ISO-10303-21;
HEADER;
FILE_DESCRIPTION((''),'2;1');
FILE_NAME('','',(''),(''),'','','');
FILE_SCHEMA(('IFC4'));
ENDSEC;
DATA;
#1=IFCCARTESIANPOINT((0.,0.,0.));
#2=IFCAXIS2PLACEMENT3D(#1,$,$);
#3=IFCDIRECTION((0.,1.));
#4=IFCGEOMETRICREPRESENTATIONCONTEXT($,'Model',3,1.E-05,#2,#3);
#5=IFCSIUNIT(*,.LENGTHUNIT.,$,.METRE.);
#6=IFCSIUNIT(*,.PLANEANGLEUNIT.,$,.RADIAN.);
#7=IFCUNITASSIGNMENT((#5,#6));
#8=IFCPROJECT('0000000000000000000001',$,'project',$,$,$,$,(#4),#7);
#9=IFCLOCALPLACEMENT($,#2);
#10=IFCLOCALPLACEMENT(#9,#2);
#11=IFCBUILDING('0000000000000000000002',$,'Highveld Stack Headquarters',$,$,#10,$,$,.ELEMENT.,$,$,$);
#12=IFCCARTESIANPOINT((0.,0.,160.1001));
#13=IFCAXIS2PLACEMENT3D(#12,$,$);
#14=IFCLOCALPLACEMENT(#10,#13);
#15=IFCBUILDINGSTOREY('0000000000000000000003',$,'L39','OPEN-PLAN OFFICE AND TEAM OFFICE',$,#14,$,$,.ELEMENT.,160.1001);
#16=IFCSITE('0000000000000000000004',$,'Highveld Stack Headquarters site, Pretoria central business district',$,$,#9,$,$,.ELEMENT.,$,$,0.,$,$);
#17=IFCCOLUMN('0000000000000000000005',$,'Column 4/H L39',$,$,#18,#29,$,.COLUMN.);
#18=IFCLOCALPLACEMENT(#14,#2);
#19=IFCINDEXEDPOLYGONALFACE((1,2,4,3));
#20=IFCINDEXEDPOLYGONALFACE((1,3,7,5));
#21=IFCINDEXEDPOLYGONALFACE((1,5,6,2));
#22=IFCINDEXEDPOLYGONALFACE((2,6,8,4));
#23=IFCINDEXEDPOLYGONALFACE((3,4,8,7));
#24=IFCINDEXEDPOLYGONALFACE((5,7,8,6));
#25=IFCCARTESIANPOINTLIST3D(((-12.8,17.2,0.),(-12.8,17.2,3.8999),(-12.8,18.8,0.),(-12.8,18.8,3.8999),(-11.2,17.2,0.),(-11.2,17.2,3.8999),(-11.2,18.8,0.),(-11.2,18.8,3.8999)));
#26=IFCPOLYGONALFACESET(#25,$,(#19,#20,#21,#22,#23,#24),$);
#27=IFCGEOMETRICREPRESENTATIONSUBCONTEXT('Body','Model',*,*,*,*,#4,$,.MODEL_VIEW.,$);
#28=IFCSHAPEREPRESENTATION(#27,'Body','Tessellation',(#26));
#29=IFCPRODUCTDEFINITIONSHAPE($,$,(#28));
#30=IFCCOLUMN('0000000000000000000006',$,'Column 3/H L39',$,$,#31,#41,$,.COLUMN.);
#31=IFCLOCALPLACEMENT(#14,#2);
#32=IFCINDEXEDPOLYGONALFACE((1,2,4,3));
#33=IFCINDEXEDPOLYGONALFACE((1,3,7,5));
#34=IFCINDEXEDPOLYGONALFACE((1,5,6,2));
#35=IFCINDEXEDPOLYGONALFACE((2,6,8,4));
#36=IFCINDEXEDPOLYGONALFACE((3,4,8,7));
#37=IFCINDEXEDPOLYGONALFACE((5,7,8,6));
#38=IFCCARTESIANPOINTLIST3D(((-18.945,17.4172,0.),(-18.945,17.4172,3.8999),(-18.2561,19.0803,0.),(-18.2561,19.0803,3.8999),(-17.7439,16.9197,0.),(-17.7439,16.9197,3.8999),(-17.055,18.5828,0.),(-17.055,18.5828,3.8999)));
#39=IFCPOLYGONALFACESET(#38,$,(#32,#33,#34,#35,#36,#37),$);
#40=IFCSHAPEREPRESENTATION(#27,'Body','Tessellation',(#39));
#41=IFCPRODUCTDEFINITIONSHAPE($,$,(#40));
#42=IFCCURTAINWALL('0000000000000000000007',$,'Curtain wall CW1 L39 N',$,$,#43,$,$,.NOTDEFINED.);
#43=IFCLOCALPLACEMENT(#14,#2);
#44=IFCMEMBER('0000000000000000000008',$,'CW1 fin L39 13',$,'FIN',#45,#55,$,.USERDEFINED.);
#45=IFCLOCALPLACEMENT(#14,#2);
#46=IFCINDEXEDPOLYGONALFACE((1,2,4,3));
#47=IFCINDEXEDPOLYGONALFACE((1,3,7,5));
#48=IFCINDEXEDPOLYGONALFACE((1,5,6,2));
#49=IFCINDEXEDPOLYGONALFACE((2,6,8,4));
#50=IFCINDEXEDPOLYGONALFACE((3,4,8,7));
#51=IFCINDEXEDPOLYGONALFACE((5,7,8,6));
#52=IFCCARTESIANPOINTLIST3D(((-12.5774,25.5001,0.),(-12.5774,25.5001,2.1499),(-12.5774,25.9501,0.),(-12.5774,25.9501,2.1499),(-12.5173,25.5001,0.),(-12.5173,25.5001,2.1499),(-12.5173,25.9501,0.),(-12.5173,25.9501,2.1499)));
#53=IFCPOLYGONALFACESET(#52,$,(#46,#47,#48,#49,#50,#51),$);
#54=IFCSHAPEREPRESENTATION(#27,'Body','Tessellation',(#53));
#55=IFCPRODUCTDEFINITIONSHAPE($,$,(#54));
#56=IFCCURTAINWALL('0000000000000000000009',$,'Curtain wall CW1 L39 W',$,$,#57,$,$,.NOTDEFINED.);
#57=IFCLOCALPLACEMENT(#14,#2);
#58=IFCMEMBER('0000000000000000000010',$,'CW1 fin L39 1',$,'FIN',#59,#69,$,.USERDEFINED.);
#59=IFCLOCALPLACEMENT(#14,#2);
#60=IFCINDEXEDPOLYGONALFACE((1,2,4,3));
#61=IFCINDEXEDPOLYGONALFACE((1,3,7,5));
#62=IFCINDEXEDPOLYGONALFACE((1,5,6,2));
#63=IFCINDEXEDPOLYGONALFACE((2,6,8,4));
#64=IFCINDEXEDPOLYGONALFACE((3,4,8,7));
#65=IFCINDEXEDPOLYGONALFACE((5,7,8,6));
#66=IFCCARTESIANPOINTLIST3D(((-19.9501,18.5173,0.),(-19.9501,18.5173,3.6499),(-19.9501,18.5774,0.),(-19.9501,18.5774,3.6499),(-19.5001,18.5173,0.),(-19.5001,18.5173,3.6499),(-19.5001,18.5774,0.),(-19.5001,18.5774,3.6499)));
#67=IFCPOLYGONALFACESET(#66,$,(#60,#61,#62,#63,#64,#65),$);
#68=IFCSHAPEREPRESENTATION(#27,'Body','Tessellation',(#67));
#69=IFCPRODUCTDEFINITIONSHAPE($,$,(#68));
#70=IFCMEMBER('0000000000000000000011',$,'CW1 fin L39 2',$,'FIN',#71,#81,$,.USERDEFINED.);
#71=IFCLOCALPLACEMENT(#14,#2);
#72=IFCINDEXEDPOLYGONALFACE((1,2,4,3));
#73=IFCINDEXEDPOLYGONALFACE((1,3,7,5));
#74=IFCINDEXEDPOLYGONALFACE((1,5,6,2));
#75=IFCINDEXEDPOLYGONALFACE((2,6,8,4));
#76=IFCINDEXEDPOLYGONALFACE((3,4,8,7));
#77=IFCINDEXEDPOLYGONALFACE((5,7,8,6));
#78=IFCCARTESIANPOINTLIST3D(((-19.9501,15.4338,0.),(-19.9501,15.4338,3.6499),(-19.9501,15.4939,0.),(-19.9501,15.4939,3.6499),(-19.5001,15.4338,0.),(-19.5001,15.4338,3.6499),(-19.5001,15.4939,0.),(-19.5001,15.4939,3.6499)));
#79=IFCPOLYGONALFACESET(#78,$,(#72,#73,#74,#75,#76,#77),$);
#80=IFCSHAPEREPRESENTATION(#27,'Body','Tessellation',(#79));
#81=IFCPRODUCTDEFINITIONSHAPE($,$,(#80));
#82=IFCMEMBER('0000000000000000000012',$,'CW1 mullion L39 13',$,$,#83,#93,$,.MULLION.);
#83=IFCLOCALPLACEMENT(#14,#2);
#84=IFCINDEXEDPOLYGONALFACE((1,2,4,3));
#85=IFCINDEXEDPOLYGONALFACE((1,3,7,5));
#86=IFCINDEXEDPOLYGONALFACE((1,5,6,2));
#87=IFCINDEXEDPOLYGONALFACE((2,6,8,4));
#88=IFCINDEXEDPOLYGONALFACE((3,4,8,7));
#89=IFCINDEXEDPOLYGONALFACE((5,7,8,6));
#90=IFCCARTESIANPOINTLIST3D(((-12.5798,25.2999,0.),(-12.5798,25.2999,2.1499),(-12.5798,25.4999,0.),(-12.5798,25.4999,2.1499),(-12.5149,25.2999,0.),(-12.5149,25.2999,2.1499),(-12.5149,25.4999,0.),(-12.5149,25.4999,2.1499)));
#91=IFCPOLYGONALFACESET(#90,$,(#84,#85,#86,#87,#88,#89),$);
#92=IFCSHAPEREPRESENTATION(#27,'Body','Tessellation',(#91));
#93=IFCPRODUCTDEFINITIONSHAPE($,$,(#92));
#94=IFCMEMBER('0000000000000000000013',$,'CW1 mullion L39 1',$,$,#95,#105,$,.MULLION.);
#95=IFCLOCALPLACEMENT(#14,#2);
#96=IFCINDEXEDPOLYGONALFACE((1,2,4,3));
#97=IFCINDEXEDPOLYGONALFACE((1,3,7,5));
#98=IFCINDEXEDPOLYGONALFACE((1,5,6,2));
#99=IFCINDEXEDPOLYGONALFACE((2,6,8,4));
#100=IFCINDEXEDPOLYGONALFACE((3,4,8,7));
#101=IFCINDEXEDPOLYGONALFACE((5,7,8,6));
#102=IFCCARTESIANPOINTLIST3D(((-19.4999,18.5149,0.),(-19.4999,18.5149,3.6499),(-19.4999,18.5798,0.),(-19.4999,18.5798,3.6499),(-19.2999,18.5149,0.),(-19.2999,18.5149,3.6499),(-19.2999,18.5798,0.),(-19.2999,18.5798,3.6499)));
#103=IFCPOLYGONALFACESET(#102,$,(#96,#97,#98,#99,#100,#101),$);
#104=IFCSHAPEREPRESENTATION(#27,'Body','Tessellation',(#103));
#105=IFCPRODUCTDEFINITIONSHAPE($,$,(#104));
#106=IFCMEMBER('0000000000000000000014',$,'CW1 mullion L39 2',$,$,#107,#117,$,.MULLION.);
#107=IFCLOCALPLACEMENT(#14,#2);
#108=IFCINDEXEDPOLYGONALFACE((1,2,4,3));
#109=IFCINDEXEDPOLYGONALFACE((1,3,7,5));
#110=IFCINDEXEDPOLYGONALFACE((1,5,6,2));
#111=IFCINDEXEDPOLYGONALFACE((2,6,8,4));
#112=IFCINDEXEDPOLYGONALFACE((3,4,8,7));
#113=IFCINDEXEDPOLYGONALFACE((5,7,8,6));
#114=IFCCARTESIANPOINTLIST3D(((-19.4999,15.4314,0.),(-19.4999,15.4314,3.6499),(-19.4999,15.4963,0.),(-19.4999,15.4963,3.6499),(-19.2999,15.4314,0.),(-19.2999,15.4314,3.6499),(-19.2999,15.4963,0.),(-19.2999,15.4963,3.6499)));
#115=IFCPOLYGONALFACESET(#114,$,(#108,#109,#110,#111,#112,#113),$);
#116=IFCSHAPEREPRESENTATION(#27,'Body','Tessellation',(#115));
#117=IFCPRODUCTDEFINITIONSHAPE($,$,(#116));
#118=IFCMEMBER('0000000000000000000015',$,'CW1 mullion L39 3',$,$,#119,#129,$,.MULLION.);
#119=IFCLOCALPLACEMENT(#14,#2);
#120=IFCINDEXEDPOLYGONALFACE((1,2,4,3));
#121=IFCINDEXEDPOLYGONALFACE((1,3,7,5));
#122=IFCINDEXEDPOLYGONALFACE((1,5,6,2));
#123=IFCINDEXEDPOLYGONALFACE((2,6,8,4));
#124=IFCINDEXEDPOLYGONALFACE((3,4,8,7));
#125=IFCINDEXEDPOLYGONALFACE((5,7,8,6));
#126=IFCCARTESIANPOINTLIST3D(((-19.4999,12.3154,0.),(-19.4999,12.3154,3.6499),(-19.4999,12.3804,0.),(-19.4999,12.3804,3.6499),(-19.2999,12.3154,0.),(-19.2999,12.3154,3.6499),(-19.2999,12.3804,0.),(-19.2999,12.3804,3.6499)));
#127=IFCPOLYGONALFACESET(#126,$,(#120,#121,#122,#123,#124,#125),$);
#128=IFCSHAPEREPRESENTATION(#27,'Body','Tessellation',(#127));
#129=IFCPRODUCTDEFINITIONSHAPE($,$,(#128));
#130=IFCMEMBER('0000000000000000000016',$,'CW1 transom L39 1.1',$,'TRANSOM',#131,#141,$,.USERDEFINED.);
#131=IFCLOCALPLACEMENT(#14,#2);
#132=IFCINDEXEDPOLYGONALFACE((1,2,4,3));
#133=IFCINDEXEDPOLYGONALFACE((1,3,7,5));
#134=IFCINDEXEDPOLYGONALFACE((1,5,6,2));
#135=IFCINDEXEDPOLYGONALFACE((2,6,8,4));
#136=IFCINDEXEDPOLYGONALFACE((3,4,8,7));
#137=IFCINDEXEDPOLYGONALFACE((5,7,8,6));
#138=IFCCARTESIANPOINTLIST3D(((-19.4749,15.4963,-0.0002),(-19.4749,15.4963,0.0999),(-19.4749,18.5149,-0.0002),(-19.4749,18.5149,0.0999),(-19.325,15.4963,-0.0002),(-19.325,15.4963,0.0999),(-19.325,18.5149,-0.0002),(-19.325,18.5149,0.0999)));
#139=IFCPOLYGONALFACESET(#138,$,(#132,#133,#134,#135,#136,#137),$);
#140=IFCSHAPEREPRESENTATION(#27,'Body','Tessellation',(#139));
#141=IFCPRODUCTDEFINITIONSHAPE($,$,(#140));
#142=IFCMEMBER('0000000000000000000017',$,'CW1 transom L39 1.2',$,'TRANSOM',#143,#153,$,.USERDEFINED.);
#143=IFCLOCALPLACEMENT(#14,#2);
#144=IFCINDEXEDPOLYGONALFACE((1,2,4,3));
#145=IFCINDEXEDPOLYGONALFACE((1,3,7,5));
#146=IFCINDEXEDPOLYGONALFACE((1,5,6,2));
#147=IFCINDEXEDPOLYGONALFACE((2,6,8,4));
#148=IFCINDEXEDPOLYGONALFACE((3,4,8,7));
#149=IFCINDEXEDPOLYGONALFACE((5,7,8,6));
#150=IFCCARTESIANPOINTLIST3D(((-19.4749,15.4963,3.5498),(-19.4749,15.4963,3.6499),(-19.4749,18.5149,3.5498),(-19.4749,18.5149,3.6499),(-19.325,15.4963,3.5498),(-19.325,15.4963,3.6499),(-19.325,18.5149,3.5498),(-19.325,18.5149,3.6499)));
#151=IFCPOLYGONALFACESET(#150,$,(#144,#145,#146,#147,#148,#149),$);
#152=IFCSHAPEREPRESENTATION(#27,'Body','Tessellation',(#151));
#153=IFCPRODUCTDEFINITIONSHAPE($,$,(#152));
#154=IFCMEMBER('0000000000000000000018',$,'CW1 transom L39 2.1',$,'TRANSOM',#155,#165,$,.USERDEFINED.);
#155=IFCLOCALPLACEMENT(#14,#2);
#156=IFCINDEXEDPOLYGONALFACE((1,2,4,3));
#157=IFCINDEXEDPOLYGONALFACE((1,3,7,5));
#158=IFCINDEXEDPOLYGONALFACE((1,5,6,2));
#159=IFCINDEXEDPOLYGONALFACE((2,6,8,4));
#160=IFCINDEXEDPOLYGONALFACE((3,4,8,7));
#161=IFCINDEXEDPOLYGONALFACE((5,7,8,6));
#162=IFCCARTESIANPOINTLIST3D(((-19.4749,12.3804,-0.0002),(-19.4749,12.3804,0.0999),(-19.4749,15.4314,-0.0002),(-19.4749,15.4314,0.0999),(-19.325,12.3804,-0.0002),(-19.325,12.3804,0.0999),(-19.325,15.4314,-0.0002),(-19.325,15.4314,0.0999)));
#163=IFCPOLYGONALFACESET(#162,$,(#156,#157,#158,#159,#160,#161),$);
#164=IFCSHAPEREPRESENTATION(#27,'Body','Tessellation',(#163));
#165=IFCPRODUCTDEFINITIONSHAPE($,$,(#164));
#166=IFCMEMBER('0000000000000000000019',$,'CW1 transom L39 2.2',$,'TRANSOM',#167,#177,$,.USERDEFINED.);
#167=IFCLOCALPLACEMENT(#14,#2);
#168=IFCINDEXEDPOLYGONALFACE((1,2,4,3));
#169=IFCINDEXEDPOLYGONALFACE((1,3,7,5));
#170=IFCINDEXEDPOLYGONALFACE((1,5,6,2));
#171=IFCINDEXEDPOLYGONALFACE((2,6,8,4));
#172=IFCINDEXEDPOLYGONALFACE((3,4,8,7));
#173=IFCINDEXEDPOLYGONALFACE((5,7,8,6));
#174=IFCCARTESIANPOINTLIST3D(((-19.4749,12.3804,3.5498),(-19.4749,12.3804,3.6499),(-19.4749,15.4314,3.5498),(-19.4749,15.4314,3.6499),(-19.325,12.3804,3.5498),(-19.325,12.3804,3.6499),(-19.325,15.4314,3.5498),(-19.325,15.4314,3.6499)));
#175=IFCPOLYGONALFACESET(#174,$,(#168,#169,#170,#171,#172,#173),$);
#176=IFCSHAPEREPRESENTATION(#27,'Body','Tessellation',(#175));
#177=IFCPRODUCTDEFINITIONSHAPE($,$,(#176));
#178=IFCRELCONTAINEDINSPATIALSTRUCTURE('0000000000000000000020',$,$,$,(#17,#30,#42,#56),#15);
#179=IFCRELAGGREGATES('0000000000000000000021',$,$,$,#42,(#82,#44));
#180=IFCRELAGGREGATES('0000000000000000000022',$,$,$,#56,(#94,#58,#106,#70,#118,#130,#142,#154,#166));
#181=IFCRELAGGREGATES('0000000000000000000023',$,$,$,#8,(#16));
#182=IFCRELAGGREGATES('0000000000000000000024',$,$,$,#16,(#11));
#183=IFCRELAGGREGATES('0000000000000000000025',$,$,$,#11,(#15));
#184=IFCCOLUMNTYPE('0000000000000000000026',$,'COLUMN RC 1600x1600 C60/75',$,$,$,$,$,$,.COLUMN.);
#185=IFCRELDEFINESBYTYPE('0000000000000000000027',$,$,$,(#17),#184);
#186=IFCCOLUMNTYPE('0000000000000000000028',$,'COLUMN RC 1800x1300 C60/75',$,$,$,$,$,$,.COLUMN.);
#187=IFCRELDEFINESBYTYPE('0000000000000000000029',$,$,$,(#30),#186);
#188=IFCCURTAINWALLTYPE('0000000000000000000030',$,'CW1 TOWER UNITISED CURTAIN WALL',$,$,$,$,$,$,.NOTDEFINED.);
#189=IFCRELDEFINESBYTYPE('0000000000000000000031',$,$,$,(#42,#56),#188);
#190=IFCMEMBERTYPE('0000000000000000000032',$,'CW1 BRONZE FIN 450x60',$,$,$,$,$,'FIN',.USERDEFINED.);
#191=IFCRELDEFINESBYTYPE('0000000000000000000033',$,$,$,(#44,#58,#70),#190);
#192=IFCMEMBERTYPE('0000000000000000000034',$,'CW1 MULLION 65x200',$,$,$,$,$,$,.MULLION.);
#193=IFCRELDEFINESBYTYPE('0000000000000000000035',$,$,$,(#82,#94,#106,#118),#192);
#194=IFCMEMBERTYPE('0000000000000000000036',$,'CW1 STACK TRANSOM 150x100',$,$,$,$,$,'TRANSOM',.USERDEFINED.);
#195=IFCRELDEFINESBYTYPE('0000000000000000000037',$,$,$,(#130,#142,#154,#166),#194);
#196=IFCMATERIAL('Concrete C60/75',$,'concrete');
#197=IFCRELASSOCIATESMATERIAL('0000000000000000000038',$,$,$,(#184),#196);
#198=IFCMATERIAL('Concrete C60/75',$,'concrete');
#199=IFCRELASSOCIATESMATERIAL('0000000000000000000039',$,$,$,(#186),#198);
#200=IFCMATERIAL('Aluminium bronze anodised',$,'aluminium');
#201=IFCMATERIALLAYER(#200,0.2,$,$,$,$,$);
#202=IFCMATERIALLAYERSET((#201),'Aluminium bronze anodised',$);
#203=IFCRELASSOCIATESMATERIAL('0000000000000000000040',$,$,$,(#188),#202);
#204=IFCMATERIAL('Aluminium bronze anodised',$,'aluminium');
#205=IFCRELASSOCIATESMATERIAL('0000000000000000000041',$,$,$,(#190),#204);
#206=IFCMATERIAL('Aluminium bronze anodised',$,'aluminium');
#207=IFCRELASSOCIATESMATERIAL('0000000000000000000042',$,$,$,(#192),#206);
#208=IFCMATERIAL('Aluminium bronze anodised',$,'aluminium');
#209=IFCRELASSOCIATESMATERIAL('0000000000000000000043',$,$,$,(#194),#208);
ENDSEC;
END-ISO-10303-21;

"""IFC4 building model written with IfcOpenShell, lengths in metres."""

from ifc_helpers import new_model, si_unit, direction, frame, origin, origin_2d, place, context, subcontext, project, spatial, rectangle, extrude, material, layer, layer_set, material_profile, profile_set, type_object, element, aggregate, save


model = new_model("IFC4")

# Units and contexts
model_context = context("Model", 3, precision=1e-05, world=origin(), true_north=direction((0.0, 1.0)))
body_context = subcontext(model_context, "Body", "Model", "MODEL_VIEW")
ifc_project = project(units=[si_unit("LENGTHUNIT", "METRE"), si_unit("PLANEANGLEUNIT", "RADIAN")], contexts=[model_context])

# Site, building, storey
site_placement = place(None, origin())
site = spatial("IfcSite", under=ifc_project, at=site_placement, Name="Highveld Stack Headquarters site, Pretoria central business district", CompositionType="ELEMENT", RefElevation=0.0)
building_placement = place(site_placement, origin())
building = spatial("IfcBuilding", under=site, at=building_placement, Name="Highveld Stack Headquarters", CompositionType="ELEMENT")
storey_placement = place(building_placement, frame((0.0, 0.0, 160.1001)))
storey = spatial("IfcBuildingStorey", under=building, at=storey_placement, Name="L39", Description="OPEN-PLAN OFFICE AND TEAM OFFICE", CompositionType="ELEMENT", Elevation=160.1001)

# Columns
ifc_material_1 = material(Name="Concrete C60/75", Category="concrete")
ifc_material_profile_1 = material_profile(ifc_material_1, rectangle(XDim=1.6001, YDim=1.6001, at=origin_2d()), Name="RC 1600x1600")
ifc_profile_set_1 = profile_set([ifc_material_profile_1], Name="Concrete C60/75")
column_type_1 = type_object("IfcColumnType", Name="COLUMN RC 1600x1600 C60/75", PredefinedType="COLUMN", material=ifc_profile_set_1)
column_1_placement = place(storey_placement, frame((-12.0, 18.0, 0.0), z_axis=(0.0, 0.0, 1.0), x_axis=(1.0, 0.0, 0.0)))
element("IfcColumn", 1, at=column_1_placement, inside=storey, type_object=column_type_1, Name="Column 4/H L39", PredefinedType="COLUMN", context=body_context, shape_type="SweptSolid", body=[
    extrude(rectangle(XDim=1.6001, YDim=1.6001, at=origin_2d()), origin(), (0.0, 0.0, 1.0), 3.8999),
])
ifc_material_2 = material(Name="Concrete C60/75", Category="concrete")
ifc_material_profile_2 = material_profile(ifc_material_2, rectangle(XDim=1.8, YDim=1.3, at=origin_2d()), Name="RC 1800x1300")
ifc_profile_set_2 = profile_set([ifc_material_profile_2], Name="Concrete C60/75")
column_type_2 = type_object("IfcColumnType", Name="COLUMN RC 1800x1300 C60/75", PredefinedType="COLUMN", material=ifc_profile_set_2)
column_2_placement = place(storey_placement, frame((-18.0, 18.0, 0.0), z_axis=(0.0, 0.0, 1.0), x_axis=(0.382683, 0.92388, 0.0)))
element("IfcColumn", 2, at=column_2_placement, inside=storey, type_object=column_type_2, Name="Column 3/H L39", PredefinedType="COLUMN", context=body_context, shape_type="SweptSolid", body=[
    extrude(rectangle(XDim=1.8, YDim=1.3, at=origin_2d()), origin(), (0.0, 0.0, 1.0), 3.8999),
])

# Curtain wall, member
ifc_material_3 = material(Name="Aluminium bronze anodised", Category="aluminium")
ifc_layer_1 = layer(ifc_material_3, 0.2)
ifc_layer_set_1 = layer_set([ifc_layer_1], Name="Aluminium bronze anodised")
curtain_wall_type_1 = type_object("IfcCurtainWallType", Name="CW1 TOWER UNITISED CURTAIN WALL", PredefinedType="NOTDEFINED", material=ifc_layer_set_1)
curtain_wall_1_placement = place(storey_placement, origin())
curtain_wall_1 = element("IfcCurtainWall", 3, at=curtain_wall_1_placement, inside=storey, type_object=curtain_wall_type_1, Name="Curtain wall CW1 L39 N", PredefinedType="NOTDEFINED")
ifc_material_4 = material(Name="Aluminium bronze anodised", Category="aluminium")
ifc_material_profile_3 = material_profile(ifc_material_4, rectangle(XDim=0.45, YDim=0.0601, at=origin_2d()), Name="FIN 450x60")
ifc_profile_set_3 = profile_set([ifc_material_profile_3], Name="Aluminium bronze anodised")
member_type_1 = type_object("IfcMemberType", Name="CW1 BRONZE FIN 450x60", ElementType="FIN", PredefinedType="USERDEFINED", material=ifc_profile_set_3)
member_1_placement = place(storey_placement, frame((-12.5474, 25.7251, 0.0), z_axis=(0.0, 0.0, 1.0), x_axis=(0.0, -1.0, 0.0)))
member_1 = element("IfcMember", 4, at=member_1_placement, type_object=member_type_1, Name="CW1 fin L39 13", ObjectType="FIN", PredefinedType="USERDEFINED", context=body_context, shape_type="SweptSolid", body=[
    extrude(rectangle(XDim=0.45, YDim=0.0601, at=origin_2d()), origin(), (0.0, 0.0, 1.0), 2.1499),
])

# Curtain wall, members
curtain_wall_2_placement = place(storey_placement, origin())
curtain_wall_2 = element("IfcCurtainWall", 5, at=curtain_wall_2_placement, inside=storey, type_object=curtain_wall_type_1, Name="Curtain wall CW1 L39 W", PredefinedType="NOTDEFINED")
member_2_placement = place(storey_placement, frame((-19.7251, 18.5474, 0.0), z_axis=(0.0, 0.0, 1.0), x_axis=(1.0, 0.0, 0.0)))
member_2 = element("IfcMember", 6, at=member_2_placement, type_object=member_type_1, Name="CW1 fin L39 1", ObjectType="FIN", PredefinedType="USERDEFINED", context=body_context, shape_type="SweptSolid", body=[
    extrude(rectangle(XDim=0.45, YDim=0.0601, at=origin_2d()), origin(), (0.0, 0.0, 1.0), 3.6499),
])
member_3_placement = place(storey_placement, frame((-19.7251, 15.4639, 0.0), z_axis=(0.0, 0.0, 1.0), x_axis=(1.0, 0.0, 0.0)))
member_3 = element("IfcMember", 7, at=member_3_placement, type_object=member_type_1, Name="CW1 fin L39 2", ObjectType="FIN", PredefinedType="USERDEFINED", context=body_context, shape_type="SweptSolid", body=[
    extrude(rectangle(XDim=0.45, YDim=0.0601, at=origin_2d()), origin(), (0.0, 0.0, 1.0), 3.6499),
])

# Members
ifc_material_5 = material(Name="Aluminium bronze anodised", Category="aluminium")
ifc_material_profile_4 = material_profile(ifc_material_5, rectangle(XDim=0.2, YDim=0.0649, at=origin_2d()), Name="CW1 MULLION 65x200")
ifc_profile_set_4 = profile_set([ifc_material_profile_4], Name="Aluminium bronze anodised")
member_type_2 = type_object("IfcMemberType", Name="CW1 MULLION 65x200", PredefinedType="MULLION", material=ifc_profile_set_4)
member_4_placement = place(storey_placement, frame((-12.5474, 25.3999, 0.0), z_axis=(0.0, 0.0, 1.0), x_axis=(0.0, -1.0, 0.0)))
member_4 = element("IfcMember", 8, at=member_4_placement, type_object=member_type_2, Name="CW1 mullion L39 13", PredefinedType="MULLION", context=body_context, shape_type="SweptSolid", body=[
    extrude(rectangle(XDim=0.2, YDim=0.0649, at=origin_2d()), origin(), (0.0, 0.0, 1.0), 2.1499),
])
aggregate(curtain_wall_1, [member_4, member_1])
member_5_placement = place(storey_placement, frame((-19.3999, 18.5474, 0.0), z_axis=(0.0, 0.0, 1.0), x_axis=(1.0, 0.0, 0.0)))
member_5 = element("IfcMember", 9, at=member_5_placement, type_object=member_type_2, Name="CW1 mullion L39 1", PredefinedType="MULLION", context=body_context, shape_type="SweptSolid", body=[
    extrude(rectangle(XDim=0.2, YDim=0.0649, at=origin_2d()), origin(), (0.0, 0.0, 1.0), 3.6499),
])
member_6_placement = place(storey_placement, frame((-19.3999, 15.4639, 0.0), z_axis=(0.0, 0.0, 1.0), x_axis=(1.0, 0.0, 0.0)))
member_6 = element("IfcMember", 10, at=member_6_placement, type_object=member_type_2, Name="CW1 mullion L39 2", PredefinedType="MULLION", context=body_context, shape_type="SweptSolid", body=[
    extrude(rectangle(XDim=0.2, YDim=0.0649, at=origin_2d()), origin(), (0.0, 0.0, 1.0), 3.6499),
])
member_7_placement = place(storey_placement, frame((-19.3999, 12.3479, 0.0), z_axis=(0.0, 0.0, 1.0), x_axis=(1.0, 0.0, 0.0)))
member_7 = element("IfcMember", 11, at=member_7_placement, type_object=member_type_2, Name="CW1 mullion L39 3", PredefinedType="MULLION", context=body_context, shape_type="SweptSolid", body=[
    extrude(rectangle(XDim=0.2, YDim=0.0649, at=origin_2d()), origin(), (0.0, 0.0, 1.0), 3.6499),
])
ifc_material_6 = material(Name="Aluminium bronze anodised", Category="aluminium")
ifc_material_profile_5 = material_profile(ifc_material_6, rectangle(XDim=0.1499, YDim=0.1001, at=origin_2d()), Name="CW1 TRANSOM 150x100")
ifc_profile_set_5 = profile_set([ifc_material_profile_5], Name="Aluminium bronze anodised")
member_type_3 = type_object("IfcMemberType", Name="CW1 STACK TRANSOM 150x100", ElementType="TRANSOM", PredefinedType="USERDEFINED", material=ifc_profile_set_5)
member_8_placement = place(storey_placement, frame((-19.3999, 18.5149, 0.0498), z_axis=(0.0, -1.0, 0.0), x_axis=(1.0, 0.0, 0.0)))
member_8 = element("IfcMember", 12, at=member_8_placement, type_object=member_type_3, Name="CW1 transom L39 1.1", ObjectType="TRANSOM", PredefinedType="USERDEFINED", context=body_context, shape_type="SweptSolid", body=[
    extrude(rectangle(XDim=0.1499, YDim=0.1001, at=origin_2d()), origin(), (0.0, 0.0, 1.0), 3.0186),
])
member_9_placement = place(storey_placement, frame((-19.3999, 18.5149, 3.5999), z_axis=(0.0, -1.0, 0.0), x_axis=(1.0, 0.0, 0.0)))
member_9 = element("IfcMember", 13, at=member_9_placement, type_object=member_type_3, Name="CW1 transom L39 1.2", ObjectType="TRANSOM", PredefinedType="USERDEFINED", context=body_context, shape_type="SweptSolid", body=[
    extrude(rectangle(XDim=0.1499, YDim=0.1001, at=origin_2d()), origin(), (0.0, 0.0, 1.0), 3.0186),
])
member_10_placement = place(storey_placement, frame((-19.3999, 15.4314, 0.0498), z_axis=(0.0, -1.0, 0.0), x_axis=(1.0, 0.0, 0.0)))
member_10 = element("IfcMember", 14, at=member_10_placement, type_object=member_type_3, Name="CW1 transom L39 2.1", ObjectType="TRANSOM", PredefinedType="USERDEFINED", context=body_context, shape_type="SweptSolid", body=[
    extrude(rectangle(XDim=0.1499, YDim=0.1001, at=origin_2d()), origin(), (0.0, 0.0, 1.0), 3.051),
])
member_11_placement = place(storey_placement, frame((-19.3999, 15.4314, 3.5999), z_axis=(0.0, -1.0, 0.0), x_axis=(1.0, 0.0, 0.0)))
member_11 = element("IfcMember", 15, at=member_11_placement, type_object=member_type_3, Name="CW1 transom L39 2.2", ObjectType="TRANSOM", PredefinedType="USERDEFINED", context=body_context, shape_type="SweptSolid", body=[
    extrude(rectangle(XDim=0.1499, YDim=0.1001, at=origin_2d()), origin(), (0.0, 0.0, 1.0), 3.051),
])

aggregate(curtain_wall_2, [member_5, member_2, member_6, member_3, member_7, member_8, member_9, member_10, member_11])

save(model, "model.ifc")
